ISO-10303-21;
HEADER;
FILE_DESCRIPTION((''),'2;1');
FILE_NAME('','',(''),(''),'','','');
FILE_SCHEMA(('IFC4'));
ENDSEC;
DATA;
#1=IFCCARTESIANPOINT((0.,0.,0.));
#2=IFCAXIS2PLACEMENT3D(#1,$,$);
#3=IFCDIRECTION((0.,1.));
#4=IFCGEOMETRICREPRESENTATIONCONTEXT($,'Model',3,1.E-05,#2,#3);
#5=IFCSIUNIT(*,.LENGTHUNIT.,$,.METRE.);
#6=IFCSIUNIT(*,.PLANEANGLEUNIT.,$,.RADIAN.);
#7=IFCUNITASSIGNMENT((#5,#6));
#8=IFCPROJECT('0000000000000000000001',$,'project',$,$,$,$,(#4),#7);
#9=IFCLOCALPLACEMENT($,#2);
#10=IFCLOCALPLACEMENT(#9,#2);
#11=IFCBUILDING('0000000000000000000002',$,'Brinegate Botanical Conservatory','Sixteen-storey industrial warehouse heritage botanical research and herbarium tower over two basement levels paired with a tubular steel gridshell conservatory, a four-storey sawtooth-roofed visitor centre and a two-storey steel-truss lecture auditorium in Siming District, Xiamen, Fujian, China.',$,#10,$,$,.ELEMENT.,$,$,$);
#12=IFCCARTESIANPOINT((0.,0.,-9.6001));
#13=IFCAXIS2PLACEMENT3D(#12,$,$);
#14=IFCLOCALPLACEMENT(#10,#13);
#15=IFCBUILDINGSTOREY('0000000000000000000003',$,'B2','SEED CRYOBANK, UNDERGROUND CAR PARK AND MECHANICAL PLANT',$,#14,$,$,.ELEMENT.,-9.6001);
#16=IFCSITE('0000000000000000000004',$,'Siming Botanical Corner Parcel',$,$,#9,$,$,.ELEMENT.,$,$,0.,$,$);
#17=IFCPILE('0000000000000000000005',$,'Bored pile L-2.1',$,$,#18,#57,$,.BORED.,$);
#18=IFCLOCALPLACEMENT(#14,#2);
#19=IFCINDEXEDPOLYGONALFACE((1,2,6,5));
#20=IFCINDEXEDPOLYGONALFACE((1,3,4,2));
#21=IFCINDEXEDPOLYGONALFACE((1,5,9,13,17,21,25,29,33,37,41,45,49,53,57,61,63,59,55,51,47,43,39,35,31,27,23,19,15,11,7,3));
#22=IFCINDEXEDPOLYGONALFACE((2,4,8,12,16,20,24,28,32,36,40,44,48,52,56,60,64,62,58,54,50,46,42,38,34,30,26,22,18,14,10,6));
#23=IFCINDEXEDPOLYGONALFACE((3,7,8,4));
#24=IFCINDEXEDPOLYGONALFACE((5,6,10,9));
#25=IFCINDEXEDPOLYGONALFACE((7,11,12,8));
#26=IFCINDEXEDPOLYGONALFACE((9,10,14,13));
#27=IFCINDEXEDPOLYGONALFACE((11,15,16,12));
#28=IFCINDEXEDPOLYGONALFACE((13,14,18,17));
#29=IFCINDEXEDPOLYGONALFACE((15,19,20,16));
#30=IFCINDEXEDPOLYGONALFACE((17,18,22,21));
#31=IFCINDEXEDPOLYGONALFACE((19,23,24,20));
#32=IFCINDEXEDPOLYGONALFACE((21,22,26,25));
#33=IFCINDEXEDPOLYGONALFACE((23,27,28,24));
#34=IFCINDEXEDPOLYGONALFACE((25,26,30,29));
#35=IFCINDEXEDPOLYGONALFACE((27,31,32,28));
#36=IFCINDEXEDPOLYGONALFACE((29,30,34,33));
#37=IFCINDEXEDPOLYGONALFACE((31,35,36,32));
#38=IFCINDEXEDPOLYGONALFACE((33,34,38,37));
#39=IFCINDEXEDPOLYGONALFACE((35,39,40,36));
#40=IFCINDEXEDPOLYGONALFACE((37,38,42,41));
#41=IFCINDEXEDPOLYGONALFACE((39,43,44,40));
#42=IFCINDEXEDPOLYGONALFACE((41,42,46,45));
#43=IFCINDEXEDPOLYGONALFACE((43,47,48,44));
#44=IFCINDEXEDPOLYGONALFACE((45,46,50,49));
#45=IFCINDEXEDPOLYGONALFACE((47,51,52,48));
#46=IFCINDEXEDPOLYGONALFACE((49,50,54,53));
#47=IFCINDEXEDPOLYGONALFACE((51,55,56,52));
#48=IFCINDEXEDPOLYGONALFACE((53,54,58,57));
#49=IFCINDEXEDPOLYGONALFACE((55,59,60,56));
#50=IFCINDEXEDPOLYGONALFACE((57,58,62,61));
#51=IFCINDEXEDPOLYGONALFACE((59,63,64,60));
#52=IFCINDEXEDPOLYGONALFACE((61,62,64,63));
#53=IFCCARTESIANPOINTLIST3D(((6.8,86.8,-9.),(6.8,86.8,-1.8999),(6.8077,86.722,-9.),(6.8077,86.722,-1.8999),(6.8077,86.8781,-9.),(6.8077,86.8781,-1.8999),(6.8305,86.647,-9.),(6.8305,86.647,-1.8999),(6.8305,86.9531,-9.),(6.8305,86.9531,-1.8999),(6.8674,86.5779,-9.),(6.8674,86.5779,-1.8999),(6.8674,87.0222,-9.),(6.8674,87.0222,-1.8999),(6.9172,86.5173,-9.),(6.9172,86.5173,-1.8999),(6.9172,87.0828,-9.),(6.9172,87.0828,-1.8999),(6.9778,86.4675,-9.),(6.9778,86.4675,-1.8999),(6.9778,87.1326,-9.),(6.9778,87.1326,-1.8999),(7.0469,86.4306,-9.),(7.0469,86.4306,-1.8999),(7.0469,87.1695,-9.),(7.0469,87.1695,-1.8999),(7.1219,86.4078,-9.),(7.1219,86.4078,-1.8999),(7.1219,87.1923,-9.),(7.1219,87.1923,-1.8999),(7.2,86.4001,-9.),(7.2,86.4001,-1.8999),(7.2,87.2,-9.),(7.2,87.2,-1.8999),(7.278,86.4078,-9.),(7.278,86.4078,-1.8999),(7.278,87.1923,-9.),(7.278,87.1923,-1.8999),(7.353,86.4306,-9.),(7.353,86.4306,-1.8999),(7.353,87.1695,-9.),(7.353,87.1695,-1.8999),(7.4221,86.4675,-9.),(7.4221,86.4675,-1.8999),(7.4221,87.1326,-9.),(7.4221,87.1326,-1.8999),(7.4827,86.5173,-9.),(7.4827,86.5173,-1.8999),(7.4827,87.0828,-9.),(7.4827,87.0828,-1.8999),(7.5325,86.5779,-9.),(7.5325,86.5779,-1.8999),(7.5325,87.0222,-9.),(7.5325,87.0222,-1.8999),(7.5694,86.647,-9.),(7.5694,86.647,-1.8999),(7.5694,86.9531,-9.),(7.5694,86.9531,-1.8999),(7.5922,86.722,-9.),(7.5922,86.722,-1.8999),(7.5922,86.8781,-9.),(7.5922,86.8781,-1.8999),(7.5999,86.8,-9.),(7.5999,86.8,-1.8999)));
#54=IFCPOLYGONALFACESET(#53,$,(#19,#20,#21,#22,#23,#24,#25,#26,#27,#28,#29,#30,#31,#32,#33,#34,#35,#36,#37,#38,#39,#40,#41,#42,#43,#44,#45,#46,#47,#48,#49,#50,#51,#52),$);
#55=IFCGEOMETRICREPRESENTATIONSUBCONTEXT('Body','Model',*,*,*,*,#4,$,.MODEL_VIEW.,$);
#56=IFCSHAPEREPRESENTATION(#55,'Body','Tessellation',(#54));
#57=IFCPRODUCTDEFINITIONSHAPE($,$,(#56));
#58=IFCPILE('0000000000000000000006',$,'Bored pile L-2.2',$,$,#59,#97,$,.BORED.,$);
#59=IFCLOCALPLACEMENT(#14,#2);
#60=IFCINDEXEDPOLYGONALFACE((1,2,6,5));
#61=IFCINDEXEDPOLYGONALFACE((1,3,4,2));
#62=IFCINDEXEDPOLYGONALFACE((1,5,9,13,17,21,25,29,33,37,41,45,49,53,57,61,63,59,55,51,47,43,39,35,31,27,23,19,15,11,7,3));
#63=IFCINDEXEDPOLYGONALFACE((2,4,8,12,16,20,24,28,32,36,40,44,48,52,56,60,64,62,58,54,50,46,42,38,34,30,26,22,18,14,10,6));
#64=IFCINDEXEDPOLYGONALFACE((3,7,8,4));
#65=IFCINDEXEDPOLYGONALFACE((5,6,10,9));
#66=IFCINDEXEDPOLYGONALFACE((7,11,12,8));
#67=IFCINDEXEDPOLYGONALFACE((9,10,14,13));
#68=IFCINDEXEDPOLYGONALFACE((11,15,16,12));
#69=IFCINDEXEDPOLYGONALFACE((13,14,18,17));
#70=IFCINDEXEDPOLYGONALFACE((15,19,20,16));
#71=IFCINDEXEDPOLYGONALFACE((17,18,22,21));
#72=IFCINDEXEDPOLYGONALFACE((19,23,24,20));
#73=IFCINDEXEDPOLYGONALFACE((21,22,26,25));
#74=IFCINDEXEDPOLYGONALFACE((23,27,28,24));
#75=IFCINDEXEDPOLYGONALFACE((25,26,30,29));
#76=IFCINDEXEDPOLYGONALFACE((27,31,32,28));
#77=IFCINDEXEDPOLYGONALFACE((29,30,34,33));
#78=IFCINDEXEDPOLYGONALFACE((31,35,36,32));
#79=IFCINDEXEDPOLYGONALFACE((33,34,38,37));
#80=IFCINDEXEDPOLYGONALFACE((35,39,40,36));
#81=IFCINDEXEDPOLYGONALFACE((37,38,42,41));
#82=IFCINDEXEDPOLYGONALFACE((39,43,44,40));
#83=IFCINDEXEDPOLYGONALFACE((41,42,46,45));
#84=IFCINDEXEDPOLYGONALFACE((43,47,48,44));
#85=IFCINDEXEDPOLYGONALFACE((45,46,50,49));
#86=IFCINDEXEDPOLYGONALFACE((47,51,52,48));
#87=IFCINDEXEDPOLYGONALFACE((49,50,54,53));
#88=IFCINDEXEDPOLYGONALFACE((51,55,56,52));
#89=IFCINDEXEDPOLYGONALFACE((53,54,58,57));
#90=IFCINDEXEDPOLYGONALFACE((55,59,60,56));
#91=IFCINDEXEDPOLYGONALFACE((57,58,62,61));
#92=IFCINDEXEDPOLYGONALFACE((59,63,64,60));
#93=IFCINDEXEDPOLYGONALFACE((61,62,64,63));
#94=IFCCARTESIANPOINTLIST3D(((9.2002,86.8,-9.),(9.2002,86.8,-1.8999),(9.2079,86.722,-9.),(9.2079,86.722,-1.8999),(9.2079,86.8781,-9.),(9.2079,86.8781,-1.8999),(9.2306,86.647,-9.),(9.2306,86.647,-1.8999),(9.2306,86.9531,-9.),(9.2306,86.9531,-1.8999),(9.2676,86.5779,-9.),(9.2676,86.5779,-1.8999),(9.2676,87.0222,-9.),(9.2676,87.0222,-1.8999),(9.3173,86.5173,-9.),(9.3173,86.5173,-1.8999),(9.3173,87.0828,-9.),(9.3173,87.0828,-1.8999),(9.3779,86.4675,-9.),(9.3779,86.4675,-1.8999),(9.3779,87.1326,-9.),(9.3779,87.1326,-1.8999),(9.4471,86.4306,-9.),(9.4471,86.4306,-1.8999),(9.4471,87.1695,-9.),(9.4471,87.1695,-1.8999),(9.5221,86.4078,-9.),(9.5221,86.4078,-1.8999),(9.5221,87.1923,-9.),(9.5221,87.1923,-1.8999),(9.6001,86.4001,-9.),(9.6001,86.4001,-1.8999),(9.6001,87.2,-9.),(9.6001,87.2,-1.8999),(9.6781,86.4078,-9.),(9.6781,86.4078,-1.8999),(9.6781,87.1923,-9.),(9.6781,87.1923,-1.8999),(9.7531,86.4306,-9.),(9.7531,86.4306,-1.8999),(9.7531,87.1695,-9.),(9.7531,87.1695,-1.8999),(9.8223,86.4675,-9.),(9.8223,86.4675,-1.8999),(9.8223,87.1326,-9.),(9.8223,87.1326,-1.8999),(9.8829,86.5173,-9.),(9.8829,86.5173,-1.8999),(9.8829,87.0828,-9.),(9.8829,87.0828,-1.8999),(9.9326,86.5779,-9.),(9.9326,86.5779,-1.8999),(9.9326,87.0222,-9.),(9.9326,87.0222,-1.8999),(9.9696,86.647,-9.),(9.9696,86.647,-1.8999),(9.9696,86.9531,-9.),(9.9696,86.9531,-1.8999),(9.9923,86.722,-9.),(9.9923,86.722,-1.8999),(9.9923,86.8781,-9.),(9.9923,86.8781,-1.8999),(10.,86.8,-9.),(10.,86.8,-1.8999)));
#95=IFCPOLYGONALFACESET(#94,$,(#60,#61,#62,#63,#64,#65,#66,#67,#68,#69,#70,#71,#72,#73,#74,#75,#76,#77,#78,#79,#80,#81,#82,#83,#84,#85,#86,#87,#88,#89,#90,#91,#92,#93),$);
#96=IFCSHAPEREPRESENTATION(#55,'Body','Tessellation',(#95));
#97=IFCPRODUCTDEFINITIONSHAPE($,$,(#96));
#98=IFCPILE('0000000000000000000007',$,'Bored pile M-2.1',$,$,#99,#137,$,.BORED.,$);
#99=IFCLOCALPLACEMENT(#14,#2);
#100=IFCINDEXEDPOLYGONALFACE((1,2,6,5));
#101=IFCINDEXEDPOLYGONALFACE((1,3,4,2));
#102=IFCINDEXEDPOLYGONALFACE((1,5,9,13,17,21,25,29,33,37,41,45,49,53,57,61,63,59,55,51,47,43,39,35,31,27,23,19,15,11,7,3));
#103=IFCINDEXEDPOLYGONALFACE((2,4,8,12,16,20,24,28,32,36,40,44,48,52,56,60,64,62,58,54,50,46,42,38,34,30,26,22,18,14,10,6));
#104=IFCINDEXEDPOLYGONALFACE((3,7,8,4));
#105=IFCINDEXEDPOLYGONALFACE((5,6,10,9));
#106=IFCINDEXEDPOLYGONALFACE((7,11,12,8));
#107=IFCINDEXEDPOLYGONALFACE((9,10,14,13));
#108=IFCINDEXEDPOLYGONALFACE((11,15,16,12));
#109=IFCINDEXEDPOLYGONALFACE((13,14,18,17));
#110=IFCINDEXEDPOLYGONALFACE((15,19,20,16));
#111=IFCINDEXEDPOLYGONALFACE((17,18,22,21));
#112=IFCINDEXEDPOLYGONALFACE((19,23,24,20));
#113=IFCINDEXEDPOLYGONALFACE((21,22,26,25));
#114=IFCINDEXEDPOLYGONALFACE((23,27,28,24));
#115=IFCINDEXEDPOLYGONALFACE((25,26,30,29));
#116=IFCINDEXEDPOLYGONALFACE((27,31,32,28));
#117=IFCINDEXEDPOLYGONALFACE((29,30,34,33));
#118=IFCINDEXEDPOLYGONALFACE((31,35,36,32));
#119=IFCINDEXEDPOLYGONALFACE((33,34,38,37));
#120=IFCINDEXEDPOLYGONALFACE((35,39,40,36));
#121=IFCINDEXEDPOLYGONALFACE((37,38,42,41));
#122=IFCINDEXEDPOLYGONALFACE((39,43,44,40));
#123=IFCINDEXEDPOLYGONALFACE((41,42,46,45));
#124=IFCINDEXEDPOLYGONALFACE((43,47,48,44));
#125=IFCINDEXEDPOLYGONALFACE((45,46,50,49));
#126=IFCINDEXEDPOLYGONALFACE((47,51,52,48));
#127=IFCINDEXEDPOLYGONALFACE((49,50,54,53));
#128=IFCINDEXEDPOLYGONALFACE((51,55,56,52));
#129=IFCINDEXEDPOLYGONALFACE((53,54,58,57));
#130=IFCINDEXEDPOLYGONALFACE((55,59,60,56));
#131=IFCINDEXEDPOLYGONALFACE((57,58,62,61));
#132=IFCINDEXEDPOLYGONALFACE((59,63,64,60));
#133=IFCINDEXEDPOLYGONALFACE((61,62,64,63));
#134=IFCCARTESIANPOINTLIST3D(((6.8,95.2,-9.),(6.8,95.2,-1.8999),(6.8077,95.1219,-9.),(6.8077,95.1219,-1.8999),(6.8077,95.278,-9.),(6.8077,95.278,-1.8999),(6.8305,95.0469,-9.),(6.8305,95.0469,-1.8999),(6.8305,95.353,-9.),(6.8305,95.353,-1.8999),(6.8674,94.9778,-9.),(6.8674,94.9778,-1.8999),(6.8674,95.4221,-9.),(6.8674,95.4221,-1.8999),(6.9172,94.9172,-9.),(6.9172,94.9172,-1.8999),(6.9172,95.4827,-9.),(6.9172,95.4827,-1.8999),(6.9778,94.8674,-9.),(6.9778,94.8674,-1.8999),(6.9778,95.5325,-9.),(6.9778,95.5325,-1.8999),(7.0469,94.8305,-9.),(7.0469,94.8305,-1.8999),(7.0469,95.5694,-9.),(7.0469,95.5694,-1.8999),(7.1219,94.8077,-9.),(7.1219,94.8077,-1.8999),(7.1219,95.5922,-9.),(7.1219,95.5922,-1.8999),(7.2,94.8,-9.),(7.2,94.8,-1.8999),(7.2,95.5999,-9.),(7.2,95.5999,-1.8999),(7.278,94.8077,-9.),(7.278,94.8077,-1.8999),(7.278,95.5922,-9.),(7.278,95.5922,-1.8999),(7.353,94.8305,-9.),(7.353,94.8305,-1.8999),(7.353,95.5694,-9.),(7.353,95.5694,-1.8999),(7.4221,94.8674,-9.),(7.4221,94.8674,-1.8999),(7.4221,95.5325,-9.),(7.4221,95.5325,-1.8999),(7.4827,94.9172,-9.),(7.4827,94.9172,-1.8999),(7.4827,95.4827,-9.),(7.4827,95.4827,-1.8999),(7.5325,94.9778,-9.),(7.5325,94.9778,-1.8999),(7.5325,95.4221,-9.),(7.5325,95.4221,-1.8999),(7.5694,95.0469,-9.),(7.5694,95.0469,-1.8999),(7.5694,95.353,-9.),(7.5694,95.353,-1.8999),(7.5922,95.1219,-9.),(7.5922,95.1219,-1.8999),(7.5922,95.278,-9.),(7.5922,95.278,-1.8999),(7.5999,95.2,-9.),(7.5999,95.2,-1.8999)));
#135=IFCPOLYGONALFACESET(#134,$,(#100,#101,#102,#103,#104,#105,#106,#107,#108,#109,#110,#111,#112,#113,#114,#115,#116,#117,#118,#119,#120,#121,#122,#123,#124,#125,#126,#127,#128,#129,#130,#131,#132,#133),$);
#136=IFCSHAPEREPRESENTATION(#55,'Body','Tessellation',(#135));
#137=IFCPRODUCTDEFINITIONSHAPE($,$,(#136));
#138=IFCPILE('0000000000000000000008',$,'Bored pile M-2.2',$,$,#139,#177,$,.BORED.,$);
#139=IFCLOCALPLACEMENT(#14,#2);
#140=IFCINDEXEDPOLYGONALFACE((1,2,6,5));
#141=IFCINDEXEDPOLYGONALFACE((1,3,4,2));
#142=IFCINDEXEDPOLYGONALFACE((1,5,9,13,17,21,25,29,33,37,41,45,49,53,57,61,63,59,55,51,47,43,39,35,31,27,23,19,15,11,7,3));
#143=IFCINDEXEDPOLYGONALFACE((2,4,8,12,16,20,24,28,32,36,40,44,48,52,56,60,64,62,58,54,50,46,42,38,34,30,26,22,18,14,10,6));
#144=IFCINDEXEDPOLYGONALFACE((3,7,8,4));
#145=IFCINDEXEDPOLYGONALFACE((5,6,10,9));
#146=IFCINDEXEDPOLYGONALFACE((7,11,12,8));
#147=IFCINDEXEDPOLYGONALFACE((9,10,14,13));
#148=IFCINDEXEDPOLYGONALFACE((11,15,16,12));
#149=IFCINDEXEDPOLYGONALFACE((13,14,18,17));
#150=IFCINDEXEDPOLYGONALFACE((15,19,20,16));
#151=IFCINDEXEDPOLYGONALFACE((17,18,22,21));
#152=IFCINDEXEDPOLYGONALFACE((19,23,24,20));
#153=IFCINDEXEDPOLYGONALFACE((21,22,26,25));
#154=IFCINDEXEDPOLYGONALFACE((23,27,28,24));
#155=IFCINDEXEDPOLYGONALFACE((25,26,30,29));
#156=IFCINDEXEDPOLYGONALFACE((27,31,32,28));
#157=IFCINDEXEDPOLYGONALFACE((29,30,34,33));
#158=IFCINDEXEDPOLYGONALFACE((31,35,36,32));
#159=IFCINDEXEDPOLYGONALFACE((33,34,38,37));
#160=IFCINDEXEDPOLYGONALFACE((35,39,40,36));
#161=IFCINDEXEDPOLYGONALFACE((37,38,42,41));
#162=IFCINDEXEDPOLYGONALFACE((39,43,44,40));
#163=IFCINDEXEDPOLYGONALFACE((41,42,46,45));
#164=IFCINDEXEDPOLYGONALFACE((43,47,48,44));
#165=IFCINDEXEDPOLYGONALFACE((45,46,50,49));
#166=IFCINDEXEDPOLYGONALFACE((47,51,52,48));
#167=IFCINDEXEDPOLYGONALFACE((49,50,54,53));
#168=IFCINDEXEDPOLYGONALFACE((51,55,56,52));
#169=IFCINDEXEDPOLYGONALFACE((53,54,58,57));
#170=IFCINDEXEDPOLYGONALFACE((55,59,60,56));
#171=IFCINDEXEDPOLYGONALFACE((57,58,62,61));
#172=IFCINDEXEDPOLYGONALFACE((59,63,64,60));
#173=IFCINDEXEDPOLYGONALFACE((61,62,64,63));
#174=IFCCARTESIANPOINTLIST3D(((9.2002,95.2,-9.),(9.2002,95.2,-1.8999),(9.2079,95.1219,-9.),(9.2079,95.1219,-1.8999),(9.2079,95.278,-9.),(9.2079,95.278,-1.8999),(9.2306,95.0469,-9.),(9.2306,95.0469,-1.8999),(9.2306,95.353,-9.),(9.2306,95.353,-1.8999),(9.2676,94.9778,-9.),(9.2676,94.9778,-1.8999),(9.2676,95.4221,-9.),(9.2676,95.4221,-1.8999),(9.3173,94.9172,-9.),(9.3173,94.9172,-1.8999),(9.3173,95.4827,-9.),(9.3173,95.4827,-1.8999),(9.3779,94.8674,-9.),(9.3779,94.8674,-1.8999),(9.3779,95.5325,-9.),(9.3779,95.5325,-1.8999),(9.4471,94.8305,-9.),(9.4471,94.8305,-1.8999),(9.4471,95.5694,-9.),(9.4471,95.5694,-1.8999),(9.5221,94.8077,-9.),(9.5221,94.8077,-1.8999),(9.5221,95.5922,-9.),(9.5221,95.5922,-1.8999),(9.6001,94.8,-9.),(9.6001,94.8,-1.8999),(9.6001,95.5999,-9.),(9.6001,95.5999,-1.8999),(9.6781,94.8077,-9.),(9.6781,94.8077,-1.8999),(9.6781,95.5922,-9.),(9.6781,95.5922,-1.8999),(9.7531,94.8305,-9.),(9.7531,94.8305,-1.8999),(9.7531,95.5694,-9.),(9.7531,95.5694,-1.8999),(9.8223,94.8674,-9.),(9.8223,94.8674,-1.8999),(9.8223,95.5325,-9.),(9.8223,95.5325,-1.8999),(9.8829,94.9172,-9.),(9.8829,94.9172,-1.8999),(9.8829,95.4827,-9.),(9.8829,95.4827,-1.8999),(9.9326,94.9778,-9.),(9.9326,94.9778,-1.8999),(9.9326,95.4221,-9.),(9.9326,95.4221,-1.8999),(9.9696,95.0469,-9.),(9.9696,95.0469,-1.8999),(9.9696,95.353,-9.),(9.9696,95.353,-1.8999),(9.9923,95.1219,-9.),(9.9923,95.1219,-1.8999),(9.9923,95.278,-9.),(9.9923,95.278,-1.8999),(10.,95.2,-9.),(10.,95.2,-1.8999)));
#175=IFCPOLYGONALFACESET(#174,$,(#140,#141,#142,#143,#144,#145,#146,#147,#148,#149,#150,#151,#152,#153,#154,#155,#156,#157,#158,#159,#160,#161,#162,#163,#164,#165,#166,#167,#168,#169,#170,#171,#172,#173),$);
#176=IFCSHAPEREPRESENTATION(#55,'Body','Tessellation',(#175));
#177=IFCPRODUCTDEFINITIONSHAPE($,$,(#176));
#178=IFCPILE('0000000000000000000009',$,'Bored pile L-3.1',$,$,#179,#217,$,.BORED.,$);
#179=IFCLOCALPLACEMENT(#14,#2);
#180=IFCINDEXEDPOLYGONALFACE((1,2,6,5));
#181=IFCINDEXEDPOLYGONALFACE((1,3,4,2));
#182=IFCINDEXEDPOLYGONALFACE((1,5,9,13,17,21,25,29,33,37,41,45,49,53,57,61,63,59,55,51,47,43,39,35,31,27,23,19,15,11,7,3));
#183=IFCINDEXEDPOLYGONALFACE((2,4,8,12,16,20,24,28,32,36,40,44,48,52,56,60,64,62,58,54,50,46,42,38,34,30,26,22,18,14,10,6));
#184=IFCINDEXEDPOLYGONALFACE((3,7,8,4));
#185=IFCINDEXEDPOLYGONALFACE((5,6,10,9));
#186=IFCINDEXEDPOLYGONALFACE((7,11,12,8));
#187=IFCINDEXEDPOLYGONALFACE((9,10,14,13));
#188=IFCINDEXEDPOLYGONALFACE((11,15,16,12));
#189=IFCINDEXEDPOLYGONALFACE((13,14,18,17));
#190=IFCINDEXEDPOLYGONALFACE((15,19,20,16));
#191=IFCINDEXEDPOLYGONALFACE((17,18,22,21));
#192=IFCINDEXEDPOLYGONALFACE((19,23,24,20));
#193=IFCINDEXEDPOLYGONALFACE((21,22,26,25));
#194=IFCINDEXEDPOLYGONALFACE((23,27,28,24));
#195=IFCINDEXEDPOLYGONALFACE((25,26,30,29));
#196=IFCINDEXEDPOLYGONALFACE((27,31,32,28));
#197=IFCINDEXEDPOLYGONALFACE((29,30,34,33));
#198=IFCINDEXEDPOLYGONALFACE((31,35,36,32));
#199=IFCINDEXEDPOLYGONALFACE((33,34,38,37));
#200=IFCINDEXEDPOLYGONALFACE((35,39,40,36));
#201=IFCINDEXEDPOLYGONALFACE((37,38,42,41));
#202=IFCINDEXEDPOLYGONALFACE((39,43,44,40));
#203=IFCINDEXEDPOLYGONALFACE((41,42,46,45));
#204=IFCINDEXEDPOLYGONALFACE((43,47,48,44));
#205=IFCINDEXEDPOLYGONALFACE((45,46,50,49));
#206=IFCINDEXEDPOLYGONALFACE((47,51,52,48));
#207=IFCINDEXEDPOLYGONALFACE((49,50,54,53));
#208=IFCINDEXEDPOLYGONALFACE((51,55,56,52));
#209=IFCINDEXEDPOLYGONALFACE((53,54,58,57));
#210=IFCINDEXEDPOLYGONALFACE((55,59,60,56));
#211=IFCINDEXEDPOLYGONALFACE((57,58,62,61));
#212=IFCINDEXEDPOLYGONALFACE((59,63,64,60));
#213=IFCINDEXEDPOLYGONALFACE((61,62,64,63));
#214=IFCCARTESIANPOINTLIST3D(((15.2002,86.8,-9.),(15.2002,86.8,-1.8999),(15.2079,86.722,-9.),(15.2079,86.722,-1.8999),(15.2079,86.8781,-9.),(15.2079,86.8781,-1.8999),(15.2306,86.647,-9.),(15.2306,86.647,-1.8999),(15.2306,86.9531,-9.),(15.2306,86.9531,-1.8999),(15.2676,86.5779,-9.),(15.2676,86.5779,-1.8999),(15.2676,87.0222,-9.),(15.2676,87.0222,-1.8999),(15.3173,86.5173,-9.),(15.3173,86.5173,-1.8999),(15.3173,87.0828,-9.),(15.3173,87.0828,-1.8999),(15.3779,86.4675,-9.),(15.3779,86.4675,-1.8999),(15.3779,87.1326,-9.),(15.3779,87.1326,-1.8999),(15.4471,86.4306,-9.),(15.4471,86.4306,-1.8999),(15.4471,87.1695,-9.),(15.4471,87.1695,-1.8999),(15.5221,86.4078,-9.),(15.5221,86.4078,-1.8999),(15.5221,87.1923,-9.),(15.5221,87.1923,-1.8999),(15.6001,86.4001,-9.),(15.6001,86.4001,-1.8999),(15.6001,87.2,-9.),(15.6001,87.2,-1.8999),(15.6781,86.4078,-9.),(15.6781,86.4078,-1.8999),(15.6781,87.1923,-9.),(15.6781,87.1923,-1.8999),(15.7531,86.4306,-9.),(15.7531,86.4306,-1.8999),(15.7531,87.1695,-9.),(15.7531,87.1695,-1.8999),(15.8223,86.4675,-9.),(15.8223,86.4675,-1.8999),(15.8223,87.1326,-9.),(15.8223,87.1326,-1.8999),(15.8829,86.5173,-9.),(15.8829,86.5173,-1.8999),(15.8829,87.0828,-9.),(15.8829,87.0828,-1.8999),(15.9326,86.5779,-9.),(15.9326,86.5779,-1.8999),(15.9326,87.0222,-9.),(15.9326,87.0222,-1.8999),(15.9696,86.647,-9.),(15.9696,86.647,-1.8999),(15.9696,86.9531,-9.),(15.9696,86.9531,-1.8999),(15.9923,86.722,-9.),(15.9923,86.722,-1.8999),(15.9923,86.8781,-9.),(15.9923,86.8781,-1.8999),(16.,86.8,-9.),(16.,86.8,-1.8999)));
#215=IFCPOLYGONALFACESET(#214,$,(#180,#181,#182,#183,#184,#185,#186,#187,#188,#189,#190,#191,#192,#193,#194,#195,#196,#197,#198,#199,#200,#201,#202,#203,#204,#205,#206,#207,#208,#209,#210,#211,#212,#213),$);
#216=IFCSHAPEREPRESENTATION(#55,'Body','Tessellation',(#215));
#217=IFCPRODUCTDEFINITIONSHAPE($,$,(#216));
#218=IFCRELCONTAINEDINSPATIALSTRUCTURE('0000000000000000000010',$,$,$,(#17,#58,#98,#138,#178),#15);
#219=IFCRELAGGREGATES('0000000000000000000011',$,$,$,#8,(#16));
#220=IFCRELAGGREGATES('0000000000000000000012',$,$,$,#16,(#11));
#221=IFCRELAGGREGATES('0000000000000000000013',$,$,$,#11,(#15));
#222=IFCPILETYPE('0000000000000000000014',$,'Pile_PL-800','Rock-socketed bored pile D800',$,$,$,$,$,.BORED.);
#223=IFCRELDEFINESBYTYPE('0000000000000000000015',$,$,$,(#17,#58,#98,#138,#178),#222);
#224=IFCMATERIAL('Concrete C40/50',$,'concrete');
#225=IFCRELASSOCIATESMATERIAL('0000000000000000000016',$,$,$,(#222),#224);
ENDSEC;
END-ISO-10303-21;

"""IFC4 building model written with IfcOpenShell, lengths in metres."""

from ifc_helpers import new_model, si_unit, direction, frame, origin, origin_2d, place, context, subcontext, project, spatial, circle, extrude, material, material_profile, profile_set, type_object, element, save


model = new_model("IFC4")

# Units and contexts
model_context = context("Model", 3, precision=1e-05, world=origin(), true_north=direction((0.0, 1.0)))
body_context = subcontext(model_context, "Body", "Model", "MODEL_VIEW")
ifc_project = project(units=[si_unit("LENGTHUNIT", "METRE"), si_unit("PLANEANGLEUNIT", "RADIAN")], contexts=[model_context])

# Site, building, storey
site_placement = place(None, origin())
site = spatial("IfcSite", under=ifc_project, at=site_placement, Name="Siming Botanical Corner Parcel", CompositionType="ELEMENT", RefElevation=0.0)
building_placement = place(site_placement, origin())
building = spatial("IfcBuilding", under=site, at=building_placement, Name="Brinegate Botanical Conservatory", Description="Sixteen-storey industrial warehouse heritage botanical research and herbarium tower over two basement levels paired with a tubular steel gridshell conservatory, a four-storey sawtooth-roofed visitor centre and a two-storey steel-truss lecture auditorium in Siming District, Xiamen, Fujian, China.", CompositionType="ELEMENT")
storey_placement = place(building_placement, frame((0.0, 0.0, -9.6001)))
storey = spatial("IfcBuildingStorey", under=building, at=storey_placement, Name="B2", Description="SEED CRYOBANK, UNDERGROUND CAR PARK AND MECHANICAL PLANT", CompositionType="ELEMENT", Elevation=-9.6001)

# Shared definitions
ifc_material_1 = material(Name="Concrete C40/50", Category="concrete")

# Piles
ifc_material_profile_1 = material_profile(ifc_material_1, circle(Radius=0.3999, at=origin_2d()), Name="PILE D800")
ifc_profile_set_1 = profile_set([ifc_material_profile_1], Name="Concrete C40/50")
pile_type = type_object("IfcPileType", Name="Pile_PL-800", Description="Rock-socketed bored pile D800", PredefinedType="BORED", material=ifc_profile_set_1)
for number, where, z_axis, x_axis, name in (
    (1, (7.2, 86.8, -1.8999), (0.0, 0.0, -1.0), (1.0, 0.0, 0.0), "Bored pile L-2.1"),
    (2, (9.6001, 86.8, -1.8999), (0.0, 0.0, -1.0), (1.0, 0.0, 0.0), "Bored pile L-2.2"),
    (3, (7.2, 95.2, -1.8999), (0.0, 0.0, -1.0), (1.0, 0.0, 0.0), "Bored pile M-2.1"),
    (4, (9.6001, 95.2, -1.8999), (0.0, 0.0, -1.0), (1.0, 0.0, 0.0), "Bored pile M-2.2"),
    (5, (15.6001, 86.8, -1.8999), (0.0, 0.0, -1.0), (1.0, 0.0, 0.0), "Bored pile L-3.1"),
):
    element("IfcPile", number, at=place(storey_placement, frame(where, z_axis=z_axis, x_axis=x_axis)), inside=storey, type_object=pile_type, Name=name, PredefinedType="BORED", context=body_context, shape_type="SweptSolid", body=[
        extrude(circle(Radius=0.3999, at=origin_2d()), origin(), (0.0, 0.0, 1.0), 7.1001),
    ])

save(model, "model.ifc")
